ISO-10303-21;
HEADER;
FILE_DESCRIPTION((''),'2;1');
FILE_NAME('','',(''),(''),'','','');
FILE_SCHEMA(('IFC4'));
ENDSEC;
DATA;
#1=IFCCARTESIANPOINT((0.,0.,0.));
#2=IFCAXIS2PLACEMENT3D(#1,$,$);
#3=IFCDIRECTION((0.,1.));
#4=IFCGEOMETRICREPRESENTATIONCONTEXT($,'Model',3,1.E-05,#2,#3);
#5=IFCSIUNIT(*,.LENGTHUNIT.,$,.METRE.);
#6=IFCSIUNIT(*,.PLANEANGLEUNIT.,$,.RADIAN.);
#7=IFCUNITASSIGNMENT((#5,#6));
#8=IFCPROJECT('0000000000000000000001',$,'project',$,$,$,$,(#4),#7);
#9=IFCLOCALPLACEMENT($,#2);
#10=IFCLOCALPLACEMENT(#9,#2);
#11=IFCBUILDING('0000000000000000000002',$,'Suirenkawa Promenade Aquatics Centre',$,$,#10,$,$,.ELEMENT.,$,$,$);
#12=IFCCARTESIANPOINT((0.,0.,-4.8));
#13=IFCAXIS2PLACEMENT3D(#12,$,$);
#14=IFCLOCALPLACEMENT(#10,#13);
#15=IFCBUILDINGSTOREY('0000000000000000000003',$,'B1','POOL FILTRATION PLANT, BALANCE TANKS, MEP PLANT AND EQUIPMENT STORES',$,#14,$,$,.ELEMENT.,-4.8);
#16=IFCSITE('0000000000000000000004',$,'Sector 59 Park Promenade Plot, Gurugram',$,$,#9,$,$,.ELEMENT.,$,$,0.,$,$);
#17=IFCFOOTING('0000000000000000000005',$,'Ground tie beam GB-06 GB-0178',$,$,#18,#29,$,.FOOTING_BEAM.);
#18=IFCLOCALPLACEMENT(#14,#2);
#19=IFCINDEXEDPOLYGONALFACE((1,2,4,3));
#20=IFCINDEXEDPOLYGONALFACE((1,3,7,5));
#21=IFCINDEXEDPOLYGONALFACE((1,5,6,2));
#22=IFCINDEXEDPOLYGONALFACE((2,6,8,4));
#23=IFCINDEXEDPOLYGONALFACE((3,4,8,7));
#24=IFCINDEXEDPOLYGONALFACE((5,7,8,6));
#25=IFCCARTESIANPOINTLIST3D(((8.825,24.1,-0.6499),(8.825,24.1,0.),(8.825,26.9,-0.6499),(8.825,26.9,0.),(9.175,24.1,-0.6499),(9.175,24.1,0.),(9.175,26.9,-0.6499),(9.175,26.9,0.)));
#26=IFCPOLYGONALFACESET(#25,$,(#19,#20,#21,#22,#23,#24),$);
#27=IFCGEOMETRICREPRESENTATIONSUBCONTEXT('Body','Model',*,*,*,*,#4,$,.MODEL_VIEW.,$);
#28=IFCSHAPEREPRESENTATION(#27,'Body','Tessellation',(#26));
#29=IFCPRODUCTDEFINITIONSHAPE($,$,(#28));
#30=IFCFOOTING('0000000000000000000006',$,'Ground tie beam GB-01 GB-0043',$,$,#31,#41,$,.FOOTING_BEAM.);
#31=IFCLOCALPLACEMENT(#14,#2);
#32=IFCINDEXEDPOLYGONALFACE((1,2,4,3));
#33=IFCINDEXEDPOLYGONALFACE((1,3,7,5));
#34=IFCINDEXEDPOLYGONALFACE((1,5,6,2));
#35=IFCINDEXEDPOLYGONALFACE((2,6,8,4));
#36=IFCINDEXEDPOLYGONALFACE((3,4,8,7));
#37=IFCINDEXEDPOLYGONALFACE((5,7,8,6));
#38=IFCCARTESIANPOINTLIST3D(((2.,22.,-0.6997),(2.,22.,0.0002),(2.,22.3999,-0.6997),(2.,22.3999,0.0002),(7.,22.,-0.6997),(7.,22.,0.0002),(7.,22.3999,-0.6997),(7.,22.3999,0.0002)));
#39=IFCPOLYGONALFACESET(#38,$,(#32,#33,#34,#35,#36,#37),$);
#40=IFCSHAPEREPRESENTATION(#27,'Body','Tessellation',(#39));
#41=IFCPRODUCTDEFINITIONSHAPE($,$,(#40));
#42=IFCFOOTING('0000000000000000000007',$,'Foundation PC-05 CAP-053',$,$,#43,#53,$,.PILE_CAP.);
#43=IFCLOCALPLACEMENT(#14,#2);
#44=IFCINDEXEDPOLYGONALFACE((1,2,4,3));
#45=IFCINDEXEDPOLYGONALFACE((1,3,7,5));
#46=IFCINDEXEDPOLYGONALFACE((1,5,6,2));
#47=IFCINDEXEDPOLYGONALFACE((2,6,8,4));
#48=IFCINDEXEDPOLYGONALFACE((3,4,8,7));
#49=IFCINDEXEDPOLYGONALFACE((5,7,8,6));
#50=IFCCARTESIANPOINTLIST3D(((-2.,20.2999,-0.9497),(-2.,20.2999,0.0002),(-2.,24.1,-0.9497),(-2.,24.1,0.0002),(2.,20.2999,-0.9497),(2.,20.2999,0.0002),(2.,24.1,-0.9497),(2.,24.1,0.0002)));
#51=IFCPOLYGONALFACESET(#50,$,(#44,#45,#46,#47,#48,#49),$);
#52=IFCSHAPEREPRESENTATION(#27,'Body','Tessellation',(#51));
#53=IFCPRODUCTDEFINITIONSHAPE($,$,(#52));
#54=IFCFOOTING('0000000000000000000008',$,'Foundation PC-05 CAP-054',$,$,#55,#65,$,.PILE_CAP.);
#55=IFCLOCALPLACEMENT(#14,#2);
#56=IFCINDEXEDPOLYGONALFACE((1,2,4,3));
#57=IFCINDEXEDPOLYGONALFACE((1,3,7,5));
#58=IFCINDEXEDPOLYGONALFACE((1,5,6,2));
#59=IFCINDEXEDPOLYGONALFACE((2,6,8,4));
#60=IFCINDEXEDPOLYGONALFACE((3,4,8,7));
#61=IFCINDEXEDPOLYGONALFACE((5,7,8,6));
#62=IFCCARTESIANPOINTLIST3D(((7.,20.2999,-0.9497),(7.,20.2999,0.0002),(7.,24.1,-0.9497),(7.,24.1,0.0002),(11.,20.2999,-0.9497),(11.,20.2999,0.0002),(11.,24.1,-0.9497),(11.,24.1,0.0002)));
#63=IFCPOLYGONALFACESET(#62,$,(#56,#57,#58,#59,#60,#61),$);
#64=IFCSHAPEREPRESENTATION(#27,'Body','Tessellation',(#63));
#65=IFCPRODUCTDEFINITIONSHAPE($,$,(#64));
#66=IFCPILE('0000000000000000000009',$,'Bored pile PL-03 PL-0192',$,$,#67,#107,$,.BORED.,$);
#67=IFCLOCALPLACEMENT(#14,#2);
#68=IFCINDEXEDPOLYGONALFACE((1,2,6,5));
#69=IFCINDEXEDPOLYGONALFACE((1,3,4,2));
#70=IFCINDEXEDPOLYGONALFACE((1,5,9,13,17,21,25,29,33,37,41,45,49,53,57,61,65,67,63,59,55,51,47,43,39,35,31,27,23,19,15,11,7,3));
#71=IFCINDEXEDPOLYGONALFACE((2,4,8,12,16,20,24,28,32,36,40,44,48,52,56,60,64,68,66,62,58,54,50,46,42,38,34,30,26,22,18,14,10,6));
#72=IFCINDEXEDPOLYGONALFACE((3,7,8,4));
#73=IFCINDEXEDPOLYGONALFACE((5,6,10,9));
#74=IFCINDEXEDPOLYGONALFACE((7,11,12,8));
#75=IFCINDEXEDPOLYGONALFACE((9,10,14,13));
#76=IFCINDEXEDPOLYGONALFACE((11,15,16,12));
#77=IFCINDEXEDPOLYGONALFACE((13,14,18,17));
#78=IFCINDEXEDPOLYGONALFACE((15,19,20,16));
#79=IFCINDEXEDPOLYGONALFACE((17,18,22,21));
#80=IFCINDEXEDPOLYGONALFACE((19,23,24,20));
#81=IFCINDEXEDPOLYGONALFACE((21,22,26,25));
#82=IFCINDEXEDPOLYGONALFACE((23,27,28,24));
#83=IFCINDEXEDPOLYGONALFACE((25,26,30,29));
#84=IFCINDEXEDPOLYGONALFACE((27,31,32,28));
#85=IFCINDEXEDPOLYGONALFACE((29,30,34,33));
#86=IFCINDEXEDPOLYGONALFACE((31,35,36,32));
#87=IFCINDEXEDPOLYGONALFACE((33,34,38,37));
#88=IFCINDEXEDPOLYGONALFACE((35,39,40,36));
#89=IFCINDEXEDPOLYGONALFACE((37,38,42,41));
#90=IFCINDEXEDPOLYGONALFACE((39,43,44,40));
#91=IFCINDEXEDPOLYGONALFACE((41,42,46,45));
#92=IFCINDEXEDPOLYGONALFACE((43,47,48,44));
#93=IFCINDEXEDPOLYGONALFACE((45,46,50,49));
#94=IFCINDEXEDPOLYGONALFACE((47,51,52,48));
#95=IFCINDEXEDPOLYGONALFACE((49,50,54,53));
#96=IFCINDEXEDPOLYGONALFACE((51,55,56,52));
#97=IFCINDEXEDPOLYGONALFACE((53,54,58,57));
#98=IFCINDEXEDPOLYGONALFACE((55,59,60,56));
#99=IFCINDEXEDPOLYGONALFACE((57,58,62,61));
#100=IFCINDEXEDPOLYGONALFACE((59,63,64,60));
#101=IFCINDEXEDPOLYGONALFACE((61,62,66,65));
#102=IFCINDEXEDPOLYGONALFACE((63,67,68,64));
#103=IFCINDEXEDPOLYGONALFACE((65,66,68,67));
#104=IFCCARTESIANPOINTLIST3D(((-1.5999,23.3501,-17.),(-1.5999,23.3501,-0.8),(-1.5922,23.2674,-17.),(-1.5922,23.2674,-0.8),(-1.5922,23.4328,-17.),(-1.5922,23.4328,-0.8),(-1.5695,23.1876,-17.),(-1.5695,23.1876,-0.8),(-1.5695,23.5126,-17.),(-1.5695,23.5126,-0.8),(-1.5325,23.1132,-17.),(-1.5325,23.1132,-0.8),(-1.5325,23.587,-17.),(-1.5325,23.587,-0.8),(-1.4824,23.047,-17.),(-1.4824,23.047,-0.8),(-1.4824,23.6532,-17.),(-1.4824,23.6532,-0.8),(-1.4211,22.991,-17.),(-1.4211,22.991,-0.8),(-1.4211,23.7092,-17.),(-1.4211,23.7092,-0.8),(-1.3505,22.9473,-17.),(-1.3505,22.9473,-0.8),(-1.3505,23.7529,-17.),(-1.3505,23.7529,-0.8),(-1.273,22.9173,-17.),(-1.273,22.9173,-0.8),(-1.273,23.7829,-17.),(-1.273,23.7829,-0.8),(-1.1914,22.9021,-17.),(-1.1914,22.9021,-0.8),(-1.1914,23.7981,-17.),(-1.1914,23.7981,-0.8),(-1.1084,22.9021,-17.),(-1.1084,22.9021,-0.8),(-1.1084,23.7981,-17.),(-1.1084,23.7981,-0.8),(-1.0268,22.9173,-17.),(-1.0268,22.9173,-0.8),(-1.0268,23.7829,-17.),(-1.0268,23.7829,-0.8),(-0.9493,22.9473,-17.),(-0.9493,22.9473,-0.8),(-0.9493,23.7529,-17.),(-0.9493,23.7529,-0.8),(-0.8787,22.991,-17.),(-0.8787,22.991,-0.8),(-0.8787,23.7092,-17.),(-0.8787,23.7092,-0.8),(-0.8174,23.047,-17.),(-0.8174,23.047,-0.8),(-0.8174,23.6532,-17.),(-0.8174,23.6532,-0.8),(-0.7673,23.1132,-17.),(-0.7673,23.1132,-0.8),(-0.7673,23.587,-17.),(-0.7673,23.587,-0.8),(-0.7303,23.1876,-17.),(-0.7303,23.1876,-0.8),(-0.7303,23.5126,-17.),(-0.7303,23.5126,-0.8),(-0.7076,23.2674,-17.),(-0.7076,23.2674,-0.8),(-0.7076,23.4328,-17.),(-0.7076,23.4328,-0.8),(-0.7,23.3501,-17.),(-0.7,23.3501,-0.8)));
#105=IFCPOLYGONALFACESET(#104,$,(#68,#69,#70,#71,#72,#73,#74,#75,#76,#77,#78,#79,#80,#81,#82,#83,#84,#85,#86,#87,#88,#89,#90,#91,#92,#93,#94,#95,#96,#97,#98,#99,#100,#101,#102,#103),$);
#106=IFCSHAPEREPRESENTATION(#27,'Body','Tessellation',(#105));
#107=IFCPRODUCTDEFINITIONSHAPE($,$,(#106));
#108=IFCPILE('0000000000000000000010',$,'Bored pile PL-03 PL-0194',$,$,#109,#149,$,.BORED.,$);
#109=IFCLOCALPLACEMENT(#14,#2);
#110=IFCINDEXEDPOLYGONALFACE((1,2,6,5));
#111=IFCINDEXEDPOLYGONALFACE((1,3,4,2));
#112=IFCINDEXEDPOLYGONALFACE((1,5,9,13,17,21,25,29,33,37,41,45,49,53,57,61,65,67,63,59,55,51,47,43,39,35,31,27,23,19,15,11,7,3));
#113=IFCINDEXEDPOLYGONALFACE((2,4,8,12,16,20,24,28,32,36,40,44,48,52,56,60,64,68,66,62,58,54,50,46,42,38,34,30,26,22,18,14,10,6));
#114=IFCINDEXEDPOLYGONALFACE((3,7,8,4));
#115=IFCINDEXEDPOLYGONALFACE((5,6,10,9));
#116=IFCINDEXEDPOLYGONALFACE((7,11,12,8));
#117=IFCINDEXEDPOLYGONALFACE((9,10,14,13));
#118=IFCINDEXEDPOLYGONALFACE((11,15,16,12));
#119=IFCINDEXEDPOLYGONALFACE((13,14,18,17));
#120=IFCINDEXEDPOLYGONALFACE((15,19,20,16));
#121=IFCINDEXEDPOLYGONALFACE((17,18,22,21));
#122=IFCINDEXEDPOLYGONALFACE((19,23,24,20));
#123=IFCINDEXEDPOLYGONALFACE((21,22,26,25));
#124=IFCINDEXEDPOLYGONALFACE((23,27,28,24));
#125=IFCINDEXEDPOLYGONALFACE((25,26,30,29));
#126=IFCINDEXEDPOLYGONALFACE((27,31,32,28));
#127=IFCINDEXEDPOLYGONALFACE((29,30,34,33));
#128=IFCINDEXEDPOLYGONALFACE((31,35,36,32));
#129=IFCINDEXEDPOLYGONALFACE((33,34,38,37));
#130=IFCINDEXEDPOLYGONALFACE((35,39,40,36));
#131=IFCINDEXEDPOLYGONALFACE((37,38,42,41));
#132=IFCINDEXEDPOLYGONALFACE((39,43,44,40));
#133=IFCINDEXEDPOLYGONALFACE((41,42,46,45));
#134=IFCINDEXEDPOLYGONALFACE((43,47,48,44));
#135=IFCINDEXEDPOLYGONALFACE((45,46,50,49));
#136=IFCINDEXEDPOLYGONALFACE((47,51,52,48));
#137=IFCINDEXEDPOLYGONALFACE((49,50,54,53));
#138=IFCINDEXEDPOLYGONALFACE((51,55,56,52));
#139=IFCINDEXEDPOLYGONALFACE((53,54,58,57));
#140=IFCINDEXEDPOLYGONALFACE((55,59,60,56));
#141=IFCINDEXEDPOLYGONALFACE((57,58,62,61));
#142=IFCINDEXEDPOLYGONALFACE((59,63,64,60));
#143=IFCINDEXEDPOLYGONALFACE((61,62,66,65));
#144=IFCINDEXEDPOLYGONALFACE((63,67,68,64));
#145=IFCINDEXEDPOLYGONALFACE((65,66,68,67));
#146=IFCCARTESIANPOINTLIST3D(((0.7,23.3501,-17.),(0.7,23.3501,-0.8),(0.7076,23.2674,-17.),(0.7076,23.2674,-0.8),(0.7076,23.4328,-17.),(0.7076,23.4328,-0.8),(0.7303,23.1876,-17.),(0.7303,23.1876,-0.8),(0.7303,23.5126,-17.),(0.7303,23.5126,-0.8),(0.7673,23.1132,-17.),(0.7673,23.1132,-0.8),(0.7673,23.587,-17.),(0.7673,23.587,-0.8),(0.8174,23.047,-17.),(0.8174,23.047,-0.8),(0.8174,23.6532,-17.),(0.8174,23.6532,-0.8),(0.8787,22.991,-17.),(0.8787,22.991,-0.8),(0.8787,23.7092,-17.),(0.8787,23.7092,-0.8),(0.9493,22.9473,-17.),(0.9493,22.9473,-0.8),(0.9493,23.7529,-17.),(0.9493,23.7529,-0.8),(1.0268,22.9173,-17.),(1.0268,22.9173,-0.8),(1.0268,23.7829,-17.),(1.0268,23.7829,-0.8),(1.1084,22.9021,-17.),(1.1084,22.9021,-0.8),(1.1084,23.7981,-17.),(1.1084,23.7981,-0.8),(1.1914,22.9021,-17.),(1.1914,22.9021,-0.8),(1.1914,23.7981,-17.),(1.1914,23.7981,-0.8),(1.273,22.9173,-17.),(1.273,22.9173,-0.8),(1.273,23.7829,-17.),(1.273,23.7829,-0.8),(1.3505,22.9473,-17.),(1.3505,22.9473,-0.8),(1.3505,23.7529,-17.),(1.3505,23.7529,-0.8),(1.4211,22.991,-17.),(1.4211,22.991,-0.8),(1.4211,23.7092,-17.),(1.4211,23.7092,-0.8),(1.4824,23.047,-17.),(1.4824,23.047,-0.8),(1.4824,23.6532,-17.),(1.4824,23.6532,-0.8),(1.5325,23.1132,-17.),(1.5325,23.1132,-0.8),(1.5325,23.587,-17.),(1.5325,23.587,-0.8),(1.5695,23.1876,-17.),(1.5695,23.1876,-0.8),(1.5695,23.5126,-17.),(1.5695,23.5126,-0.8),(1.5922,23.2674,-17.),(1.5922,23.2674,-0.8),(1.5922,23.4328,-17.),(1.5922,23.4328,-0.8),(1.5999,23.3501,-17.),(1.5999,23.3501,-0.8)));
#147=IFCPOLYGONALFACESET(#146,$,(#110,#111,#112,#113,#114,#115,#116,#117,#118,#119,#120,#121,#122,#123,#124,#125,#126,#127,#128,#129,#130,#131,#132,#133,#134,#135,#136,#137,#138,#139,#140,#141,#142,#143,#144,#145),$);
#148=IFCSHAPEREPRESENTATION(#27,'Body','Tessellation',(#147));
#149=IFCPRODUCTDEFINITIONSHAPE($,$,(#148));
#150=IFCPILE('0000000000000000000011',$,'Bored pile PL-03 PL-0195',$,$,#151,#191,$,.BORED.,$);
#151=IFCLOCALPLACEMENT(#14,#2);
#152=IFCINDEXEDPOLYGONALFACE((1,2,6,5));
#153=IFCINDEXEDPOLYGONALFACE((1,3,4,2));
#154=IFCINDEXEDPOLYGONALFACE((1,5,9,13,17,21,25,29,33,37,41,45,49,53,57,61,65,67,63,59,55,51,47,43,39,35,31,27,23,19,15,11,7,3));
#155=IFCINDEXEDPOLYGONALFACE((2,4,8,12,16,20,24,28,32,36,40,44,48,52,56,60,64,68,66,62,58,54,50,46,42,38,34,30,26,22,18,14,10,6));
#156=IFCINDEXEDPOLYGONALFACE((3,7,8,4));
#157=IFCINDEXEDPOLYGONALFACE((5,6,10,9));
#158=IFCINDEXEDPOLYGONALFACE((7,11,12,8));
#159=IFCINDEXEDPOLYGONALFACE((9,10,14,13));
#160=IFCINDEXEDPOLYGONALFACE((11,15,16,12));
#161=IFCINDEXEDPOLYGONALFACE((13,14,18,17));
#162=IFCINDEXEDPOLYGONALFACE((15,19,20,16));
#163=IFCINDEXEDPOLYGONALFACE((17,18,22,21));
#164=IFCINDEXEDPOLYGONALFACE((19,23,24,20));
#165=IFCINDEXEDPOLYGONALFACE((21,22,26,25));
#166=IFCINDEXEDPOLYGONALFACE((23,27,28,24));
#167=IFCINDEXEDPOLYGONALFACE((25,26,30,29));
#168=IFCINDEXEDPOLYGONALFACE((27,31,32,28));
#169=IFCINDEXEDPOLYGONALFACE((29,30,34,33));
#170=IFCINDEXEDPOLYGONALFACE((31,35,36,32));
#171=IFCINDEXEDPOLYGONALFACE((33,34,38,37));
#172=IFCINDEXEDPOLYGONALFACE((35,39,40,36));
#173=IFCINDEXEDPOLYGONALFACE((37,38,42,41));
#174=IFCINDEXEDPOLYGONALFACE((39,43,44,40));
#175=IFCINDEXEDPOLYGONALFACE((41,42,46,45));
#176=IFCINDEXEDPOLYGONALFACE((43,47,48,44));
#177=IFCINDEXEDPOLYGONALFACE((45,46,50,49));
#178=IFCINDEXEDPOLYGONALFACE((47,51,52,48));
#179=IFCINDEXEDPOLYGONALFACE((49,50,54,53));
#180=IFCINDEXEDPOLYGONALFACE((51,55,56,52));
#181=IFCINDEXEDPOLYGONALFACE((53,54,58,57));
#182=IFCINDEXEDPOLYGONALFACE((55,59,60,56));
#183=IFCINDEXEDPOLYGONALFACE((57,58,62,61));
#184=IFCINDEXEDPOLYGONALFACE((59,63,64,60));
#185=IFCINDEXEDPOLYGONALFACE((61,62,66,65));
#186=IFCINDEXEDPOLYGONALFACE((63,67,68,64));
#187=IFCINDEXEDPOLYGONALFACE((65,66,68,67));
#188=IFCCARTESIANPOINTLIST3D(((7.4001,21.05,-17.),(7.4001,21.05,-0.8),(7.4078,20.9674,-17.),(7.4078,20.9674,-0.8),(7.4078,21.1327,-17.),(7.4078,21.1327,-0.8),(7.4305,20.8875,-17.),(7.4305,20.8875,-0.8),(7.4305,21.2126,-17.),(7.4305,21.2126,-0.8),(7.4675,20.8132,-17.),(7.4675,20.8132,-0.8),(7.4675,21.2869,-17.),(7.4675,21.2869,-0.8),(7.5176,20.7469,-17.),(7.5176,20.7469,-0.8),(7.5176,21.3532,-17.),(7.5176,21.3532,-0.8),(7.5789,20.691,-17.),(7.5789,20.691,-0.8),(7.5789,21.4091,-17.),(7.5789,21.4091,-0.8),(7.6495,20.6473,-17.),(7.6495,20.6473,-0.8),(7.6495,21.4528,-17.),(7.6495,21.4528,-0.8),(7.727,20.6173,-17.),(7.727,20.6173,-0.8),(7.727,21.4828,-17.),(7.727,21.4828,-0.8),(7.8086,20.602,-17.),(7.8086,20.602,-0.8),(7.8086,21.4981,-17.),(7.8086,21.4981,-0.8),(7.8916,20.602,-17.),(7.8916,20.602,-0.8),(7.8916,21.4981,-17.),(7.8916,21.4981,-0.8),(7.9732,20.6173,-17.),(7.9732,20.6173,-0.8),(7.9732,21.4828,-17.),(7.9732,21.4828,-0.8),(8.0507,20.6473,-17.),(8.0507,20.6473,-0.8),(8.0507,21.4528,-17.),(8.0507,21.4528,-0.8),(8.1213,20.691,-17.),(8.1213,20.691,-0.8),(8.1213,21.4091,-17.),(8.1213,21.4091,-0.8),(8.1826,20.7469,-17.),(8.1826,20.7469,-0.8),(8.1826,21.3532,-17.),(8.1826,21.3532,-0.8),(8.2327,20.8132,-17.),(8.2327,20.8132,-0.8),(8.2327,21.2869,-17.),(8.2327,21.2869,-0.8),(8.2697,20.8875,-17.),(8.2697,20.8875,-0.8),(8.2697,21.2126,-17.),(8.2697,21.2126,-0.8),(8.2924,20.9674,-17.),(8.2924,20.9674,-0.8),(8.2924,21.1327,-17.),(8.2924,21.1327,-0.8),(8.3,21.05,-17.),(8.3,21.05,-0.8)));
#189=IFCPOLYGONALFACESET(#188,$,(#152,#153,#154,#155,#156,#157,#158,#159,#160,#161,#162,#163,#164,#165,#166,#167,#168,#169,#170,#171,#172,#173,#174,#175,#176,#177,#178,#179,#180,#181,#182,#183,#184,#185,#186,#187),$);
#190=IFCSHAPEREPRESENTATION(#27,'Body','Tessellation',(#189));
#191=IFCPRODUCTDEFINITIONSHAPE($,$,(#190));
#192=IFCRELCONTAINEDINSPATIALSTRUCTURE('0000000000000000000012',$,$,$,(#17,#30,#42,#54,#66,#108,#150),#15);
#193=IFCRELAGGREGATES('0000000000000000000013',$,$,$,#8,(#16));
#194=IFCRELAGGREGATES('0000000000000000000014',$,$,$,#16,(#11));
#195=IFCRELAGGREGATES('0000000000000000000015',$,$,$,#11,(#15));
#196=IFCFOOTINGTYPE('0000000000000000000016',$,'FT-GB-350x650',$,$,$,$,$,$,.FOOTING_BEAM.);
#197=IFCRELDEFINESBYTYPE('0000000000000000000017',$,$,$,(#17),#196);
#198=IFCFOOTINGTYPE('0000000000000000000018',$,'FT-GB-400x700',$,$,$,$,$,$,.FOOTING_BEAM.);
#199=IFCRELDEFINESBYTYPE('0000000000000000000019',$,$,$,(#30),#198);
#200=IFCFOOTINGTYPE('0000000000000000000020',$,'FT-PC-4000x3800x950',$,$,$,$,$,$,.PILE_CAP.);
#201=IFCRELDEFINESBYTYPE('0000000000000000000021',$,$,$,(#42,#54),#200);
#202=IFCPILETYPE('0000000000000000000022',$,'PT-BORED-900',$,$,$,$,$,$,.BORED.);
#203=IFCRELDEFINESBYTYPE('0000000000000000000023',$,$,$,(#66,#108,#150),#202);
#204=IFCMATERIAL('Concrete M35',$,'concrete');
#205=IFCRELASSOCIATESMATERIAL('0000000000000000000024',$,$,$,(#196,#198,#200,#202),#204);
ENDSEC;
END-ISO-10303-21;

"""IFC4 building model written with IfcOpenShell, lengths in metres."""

from ifc_helpers import new_model, si_unit, direction, frame, origin, origin_2d, place, context, subcontext, project, spatial, rectangle, circle, extrude, material, material_profile, profile_set, type_object, element, save


model = new_model("IFC4")

# Units and contexts
model_context = context("Model", 3, precision=1e-05, world=origin(), true_north=direction((0.0, 1.0)))
body_context = subcontext(model_context, "Body", "Model", "MODEL_VIEW")
ifc_project = project(units=[si_unit("LENGTHUNIT", "METRE"), si_unit("PLANEANGLEUNIT", "RADIAN")], contexts=[model_context])

# Site, building, storey
site_placement = place(None, origin())
site = spatial("IfcSite", under=ifc_project, at=site_placement, Name="Sector 59 Park Promenade Plot, Gurugram", CompositionType="ELEMENT", RefElevation=0.0)
building_placement = place(site_placement, origin())
building = spatial("IfcBuilding", under=site, at=building_placement, Name="Suirenkawa Promenade Aquatics Centre", CompositionType="ELEMENT")
storey_placement = place(building_placement, frame((0.0, 0.0, -4.8)))
storey = spatial("IfcBuildingStorey", under=building, at=storey_placement, Name="B1", Description="POOL FILTRATION PLANT, BALANCE TANKS, MEP PLANT AND EQUIPMENT STORES", CompositionType="ELEMENT", Elevation=-4.8)

# Footings
ifc_material_1 = material(Name="Concrete M35", Category="concrete")
footing_type_1 = type_object("IfcFootingType", Name="FT-GB-350x650", PredefinedType="FOOTING_BEAM", material=ifc_material_1)
footing_1_placement = place(storey_placement, frame((9.0, 25.5, -0.6499), z_axis=(0.0, 0.0, 1.0), x_axis=(0.0, 1.0, 0.0)))
element("IfcFooting", 1, at=footing_1_placement, inside=storey, type_object=footing_type_1, Name="Ground tie beam GB-06 GB-0178", PredefinedType="FOOTING_BEAM", context=body_context, shape_type="SweptSolid", body=[
    extrude(rectangle(XDim=2.8, YDim=0.3501, at=origin_2d()), origin(), (0.0, 0.0, 1.0), 0.6499),
])
footing_type_2 = type_object("IfcFootingType", Name="FT-GB-400x700", PredefinedType="FOOTING_BEAM", material=ifc_material_1)
footing_2_placement = place(storey_placement, frame((4.5, 22.2, -0.6997), z_axis=(0.0, 0.0, 1.0), x_axis=(1.0, 0.0, 0.0)))
element("IfcFooting", 2, at=footing_2_placement, inside=storey, type_object=footing_type_2, Name="Ground tie beam GB-01 GB-0043", PredefinedType="FOOTING_BEAM", context=body_context, shape_type="SweptSolid", body=[
    extrude(rectangle(XDim=5.0, YDim=0.3999, at=origin_2d()), origin(), (0.0, 0.0, 1.0), 0.7),
])
footing_type_3 = type_object("IfcFootingType", Name="FT-PC-4000x3800x950", PredefinedType="PILE_CAP", material=ifc_material_1)
for number, where, z_axis, x_axis, name in (
    (3, (0.0, 22.2, -0.9497), (0.0, 0.0, 1.0), (1.0, 0.0, 0.0), "Foundation PC-05 CAP-053"),
    (4, (9.0, 22.2, -0.9497), (0.0, 0.0, 1.0), (1.0, 0.0, 0.0), "Foundation PC-05 CAP-054"),
):
    element("IfcFooting", number, at=place(storey_placement, frame(where, z_axis=z_axis, x_axis=x_axis)), inside=storey, type_object=footing_type_3, Name=name, PredefinedType="PILE_CAP", context=body_context, shape_type="SweptSolid", body=[
        extrude(rectangle(XDim=4.0, YDim=3.8, at=origin_2d()), origin(), (0.0, 0.0, 1.0), 0.95),
    ])

# Piles
ifc_material_profile_1 = material_profile(ifc_material_1, circle(Radius=0.45, at=origin_2d()), Name="PILE D900", Category="concrete")
ifc_profile_set_1 = profile_set([ifc_material_profile_1], Name="Concrete M35")
pile_type = type_object("IfcPileType", Name="PT-BORED-900", PredefinedType="BORED", material=ifc_profile_set_1)
for number, where, z_axis, x_axis, name in (
    (5, (-1.1499, 23.3501, -0.8), (0.0, 0.0, -1.0), (1.0, 0.0, 0.0), "Bored pile PL-03 PL-0192"),
    (6, (1.1499, 23.3501, -0.8), (0.0, 0.0, -1.0), (1.0, 0.0, 0.0), "Bored pile PL-03 PL-0194"),
    (7, (7.8501, 21.05, -0.8), (0.0, 0.0, -1.0), (1.0, 0.0, 0.0), "Bored pile PL-03 PL-0195"),
):
    element("IfcPile", number, at=place(storey_placement, frame(where, z_axis=z_axis, x_axis=x_axis)), inside=storey, type_object=pile_type, Name=name, PredefinedType="BORED", context=body_context, shape_type="SweptSolid", body=[
        extrude(circle(Radius=0.45, at=origin_2d()), origin(), (0.0, 0.0, 1.0), 16.2),
    ])

save(model, "model.ifc")
